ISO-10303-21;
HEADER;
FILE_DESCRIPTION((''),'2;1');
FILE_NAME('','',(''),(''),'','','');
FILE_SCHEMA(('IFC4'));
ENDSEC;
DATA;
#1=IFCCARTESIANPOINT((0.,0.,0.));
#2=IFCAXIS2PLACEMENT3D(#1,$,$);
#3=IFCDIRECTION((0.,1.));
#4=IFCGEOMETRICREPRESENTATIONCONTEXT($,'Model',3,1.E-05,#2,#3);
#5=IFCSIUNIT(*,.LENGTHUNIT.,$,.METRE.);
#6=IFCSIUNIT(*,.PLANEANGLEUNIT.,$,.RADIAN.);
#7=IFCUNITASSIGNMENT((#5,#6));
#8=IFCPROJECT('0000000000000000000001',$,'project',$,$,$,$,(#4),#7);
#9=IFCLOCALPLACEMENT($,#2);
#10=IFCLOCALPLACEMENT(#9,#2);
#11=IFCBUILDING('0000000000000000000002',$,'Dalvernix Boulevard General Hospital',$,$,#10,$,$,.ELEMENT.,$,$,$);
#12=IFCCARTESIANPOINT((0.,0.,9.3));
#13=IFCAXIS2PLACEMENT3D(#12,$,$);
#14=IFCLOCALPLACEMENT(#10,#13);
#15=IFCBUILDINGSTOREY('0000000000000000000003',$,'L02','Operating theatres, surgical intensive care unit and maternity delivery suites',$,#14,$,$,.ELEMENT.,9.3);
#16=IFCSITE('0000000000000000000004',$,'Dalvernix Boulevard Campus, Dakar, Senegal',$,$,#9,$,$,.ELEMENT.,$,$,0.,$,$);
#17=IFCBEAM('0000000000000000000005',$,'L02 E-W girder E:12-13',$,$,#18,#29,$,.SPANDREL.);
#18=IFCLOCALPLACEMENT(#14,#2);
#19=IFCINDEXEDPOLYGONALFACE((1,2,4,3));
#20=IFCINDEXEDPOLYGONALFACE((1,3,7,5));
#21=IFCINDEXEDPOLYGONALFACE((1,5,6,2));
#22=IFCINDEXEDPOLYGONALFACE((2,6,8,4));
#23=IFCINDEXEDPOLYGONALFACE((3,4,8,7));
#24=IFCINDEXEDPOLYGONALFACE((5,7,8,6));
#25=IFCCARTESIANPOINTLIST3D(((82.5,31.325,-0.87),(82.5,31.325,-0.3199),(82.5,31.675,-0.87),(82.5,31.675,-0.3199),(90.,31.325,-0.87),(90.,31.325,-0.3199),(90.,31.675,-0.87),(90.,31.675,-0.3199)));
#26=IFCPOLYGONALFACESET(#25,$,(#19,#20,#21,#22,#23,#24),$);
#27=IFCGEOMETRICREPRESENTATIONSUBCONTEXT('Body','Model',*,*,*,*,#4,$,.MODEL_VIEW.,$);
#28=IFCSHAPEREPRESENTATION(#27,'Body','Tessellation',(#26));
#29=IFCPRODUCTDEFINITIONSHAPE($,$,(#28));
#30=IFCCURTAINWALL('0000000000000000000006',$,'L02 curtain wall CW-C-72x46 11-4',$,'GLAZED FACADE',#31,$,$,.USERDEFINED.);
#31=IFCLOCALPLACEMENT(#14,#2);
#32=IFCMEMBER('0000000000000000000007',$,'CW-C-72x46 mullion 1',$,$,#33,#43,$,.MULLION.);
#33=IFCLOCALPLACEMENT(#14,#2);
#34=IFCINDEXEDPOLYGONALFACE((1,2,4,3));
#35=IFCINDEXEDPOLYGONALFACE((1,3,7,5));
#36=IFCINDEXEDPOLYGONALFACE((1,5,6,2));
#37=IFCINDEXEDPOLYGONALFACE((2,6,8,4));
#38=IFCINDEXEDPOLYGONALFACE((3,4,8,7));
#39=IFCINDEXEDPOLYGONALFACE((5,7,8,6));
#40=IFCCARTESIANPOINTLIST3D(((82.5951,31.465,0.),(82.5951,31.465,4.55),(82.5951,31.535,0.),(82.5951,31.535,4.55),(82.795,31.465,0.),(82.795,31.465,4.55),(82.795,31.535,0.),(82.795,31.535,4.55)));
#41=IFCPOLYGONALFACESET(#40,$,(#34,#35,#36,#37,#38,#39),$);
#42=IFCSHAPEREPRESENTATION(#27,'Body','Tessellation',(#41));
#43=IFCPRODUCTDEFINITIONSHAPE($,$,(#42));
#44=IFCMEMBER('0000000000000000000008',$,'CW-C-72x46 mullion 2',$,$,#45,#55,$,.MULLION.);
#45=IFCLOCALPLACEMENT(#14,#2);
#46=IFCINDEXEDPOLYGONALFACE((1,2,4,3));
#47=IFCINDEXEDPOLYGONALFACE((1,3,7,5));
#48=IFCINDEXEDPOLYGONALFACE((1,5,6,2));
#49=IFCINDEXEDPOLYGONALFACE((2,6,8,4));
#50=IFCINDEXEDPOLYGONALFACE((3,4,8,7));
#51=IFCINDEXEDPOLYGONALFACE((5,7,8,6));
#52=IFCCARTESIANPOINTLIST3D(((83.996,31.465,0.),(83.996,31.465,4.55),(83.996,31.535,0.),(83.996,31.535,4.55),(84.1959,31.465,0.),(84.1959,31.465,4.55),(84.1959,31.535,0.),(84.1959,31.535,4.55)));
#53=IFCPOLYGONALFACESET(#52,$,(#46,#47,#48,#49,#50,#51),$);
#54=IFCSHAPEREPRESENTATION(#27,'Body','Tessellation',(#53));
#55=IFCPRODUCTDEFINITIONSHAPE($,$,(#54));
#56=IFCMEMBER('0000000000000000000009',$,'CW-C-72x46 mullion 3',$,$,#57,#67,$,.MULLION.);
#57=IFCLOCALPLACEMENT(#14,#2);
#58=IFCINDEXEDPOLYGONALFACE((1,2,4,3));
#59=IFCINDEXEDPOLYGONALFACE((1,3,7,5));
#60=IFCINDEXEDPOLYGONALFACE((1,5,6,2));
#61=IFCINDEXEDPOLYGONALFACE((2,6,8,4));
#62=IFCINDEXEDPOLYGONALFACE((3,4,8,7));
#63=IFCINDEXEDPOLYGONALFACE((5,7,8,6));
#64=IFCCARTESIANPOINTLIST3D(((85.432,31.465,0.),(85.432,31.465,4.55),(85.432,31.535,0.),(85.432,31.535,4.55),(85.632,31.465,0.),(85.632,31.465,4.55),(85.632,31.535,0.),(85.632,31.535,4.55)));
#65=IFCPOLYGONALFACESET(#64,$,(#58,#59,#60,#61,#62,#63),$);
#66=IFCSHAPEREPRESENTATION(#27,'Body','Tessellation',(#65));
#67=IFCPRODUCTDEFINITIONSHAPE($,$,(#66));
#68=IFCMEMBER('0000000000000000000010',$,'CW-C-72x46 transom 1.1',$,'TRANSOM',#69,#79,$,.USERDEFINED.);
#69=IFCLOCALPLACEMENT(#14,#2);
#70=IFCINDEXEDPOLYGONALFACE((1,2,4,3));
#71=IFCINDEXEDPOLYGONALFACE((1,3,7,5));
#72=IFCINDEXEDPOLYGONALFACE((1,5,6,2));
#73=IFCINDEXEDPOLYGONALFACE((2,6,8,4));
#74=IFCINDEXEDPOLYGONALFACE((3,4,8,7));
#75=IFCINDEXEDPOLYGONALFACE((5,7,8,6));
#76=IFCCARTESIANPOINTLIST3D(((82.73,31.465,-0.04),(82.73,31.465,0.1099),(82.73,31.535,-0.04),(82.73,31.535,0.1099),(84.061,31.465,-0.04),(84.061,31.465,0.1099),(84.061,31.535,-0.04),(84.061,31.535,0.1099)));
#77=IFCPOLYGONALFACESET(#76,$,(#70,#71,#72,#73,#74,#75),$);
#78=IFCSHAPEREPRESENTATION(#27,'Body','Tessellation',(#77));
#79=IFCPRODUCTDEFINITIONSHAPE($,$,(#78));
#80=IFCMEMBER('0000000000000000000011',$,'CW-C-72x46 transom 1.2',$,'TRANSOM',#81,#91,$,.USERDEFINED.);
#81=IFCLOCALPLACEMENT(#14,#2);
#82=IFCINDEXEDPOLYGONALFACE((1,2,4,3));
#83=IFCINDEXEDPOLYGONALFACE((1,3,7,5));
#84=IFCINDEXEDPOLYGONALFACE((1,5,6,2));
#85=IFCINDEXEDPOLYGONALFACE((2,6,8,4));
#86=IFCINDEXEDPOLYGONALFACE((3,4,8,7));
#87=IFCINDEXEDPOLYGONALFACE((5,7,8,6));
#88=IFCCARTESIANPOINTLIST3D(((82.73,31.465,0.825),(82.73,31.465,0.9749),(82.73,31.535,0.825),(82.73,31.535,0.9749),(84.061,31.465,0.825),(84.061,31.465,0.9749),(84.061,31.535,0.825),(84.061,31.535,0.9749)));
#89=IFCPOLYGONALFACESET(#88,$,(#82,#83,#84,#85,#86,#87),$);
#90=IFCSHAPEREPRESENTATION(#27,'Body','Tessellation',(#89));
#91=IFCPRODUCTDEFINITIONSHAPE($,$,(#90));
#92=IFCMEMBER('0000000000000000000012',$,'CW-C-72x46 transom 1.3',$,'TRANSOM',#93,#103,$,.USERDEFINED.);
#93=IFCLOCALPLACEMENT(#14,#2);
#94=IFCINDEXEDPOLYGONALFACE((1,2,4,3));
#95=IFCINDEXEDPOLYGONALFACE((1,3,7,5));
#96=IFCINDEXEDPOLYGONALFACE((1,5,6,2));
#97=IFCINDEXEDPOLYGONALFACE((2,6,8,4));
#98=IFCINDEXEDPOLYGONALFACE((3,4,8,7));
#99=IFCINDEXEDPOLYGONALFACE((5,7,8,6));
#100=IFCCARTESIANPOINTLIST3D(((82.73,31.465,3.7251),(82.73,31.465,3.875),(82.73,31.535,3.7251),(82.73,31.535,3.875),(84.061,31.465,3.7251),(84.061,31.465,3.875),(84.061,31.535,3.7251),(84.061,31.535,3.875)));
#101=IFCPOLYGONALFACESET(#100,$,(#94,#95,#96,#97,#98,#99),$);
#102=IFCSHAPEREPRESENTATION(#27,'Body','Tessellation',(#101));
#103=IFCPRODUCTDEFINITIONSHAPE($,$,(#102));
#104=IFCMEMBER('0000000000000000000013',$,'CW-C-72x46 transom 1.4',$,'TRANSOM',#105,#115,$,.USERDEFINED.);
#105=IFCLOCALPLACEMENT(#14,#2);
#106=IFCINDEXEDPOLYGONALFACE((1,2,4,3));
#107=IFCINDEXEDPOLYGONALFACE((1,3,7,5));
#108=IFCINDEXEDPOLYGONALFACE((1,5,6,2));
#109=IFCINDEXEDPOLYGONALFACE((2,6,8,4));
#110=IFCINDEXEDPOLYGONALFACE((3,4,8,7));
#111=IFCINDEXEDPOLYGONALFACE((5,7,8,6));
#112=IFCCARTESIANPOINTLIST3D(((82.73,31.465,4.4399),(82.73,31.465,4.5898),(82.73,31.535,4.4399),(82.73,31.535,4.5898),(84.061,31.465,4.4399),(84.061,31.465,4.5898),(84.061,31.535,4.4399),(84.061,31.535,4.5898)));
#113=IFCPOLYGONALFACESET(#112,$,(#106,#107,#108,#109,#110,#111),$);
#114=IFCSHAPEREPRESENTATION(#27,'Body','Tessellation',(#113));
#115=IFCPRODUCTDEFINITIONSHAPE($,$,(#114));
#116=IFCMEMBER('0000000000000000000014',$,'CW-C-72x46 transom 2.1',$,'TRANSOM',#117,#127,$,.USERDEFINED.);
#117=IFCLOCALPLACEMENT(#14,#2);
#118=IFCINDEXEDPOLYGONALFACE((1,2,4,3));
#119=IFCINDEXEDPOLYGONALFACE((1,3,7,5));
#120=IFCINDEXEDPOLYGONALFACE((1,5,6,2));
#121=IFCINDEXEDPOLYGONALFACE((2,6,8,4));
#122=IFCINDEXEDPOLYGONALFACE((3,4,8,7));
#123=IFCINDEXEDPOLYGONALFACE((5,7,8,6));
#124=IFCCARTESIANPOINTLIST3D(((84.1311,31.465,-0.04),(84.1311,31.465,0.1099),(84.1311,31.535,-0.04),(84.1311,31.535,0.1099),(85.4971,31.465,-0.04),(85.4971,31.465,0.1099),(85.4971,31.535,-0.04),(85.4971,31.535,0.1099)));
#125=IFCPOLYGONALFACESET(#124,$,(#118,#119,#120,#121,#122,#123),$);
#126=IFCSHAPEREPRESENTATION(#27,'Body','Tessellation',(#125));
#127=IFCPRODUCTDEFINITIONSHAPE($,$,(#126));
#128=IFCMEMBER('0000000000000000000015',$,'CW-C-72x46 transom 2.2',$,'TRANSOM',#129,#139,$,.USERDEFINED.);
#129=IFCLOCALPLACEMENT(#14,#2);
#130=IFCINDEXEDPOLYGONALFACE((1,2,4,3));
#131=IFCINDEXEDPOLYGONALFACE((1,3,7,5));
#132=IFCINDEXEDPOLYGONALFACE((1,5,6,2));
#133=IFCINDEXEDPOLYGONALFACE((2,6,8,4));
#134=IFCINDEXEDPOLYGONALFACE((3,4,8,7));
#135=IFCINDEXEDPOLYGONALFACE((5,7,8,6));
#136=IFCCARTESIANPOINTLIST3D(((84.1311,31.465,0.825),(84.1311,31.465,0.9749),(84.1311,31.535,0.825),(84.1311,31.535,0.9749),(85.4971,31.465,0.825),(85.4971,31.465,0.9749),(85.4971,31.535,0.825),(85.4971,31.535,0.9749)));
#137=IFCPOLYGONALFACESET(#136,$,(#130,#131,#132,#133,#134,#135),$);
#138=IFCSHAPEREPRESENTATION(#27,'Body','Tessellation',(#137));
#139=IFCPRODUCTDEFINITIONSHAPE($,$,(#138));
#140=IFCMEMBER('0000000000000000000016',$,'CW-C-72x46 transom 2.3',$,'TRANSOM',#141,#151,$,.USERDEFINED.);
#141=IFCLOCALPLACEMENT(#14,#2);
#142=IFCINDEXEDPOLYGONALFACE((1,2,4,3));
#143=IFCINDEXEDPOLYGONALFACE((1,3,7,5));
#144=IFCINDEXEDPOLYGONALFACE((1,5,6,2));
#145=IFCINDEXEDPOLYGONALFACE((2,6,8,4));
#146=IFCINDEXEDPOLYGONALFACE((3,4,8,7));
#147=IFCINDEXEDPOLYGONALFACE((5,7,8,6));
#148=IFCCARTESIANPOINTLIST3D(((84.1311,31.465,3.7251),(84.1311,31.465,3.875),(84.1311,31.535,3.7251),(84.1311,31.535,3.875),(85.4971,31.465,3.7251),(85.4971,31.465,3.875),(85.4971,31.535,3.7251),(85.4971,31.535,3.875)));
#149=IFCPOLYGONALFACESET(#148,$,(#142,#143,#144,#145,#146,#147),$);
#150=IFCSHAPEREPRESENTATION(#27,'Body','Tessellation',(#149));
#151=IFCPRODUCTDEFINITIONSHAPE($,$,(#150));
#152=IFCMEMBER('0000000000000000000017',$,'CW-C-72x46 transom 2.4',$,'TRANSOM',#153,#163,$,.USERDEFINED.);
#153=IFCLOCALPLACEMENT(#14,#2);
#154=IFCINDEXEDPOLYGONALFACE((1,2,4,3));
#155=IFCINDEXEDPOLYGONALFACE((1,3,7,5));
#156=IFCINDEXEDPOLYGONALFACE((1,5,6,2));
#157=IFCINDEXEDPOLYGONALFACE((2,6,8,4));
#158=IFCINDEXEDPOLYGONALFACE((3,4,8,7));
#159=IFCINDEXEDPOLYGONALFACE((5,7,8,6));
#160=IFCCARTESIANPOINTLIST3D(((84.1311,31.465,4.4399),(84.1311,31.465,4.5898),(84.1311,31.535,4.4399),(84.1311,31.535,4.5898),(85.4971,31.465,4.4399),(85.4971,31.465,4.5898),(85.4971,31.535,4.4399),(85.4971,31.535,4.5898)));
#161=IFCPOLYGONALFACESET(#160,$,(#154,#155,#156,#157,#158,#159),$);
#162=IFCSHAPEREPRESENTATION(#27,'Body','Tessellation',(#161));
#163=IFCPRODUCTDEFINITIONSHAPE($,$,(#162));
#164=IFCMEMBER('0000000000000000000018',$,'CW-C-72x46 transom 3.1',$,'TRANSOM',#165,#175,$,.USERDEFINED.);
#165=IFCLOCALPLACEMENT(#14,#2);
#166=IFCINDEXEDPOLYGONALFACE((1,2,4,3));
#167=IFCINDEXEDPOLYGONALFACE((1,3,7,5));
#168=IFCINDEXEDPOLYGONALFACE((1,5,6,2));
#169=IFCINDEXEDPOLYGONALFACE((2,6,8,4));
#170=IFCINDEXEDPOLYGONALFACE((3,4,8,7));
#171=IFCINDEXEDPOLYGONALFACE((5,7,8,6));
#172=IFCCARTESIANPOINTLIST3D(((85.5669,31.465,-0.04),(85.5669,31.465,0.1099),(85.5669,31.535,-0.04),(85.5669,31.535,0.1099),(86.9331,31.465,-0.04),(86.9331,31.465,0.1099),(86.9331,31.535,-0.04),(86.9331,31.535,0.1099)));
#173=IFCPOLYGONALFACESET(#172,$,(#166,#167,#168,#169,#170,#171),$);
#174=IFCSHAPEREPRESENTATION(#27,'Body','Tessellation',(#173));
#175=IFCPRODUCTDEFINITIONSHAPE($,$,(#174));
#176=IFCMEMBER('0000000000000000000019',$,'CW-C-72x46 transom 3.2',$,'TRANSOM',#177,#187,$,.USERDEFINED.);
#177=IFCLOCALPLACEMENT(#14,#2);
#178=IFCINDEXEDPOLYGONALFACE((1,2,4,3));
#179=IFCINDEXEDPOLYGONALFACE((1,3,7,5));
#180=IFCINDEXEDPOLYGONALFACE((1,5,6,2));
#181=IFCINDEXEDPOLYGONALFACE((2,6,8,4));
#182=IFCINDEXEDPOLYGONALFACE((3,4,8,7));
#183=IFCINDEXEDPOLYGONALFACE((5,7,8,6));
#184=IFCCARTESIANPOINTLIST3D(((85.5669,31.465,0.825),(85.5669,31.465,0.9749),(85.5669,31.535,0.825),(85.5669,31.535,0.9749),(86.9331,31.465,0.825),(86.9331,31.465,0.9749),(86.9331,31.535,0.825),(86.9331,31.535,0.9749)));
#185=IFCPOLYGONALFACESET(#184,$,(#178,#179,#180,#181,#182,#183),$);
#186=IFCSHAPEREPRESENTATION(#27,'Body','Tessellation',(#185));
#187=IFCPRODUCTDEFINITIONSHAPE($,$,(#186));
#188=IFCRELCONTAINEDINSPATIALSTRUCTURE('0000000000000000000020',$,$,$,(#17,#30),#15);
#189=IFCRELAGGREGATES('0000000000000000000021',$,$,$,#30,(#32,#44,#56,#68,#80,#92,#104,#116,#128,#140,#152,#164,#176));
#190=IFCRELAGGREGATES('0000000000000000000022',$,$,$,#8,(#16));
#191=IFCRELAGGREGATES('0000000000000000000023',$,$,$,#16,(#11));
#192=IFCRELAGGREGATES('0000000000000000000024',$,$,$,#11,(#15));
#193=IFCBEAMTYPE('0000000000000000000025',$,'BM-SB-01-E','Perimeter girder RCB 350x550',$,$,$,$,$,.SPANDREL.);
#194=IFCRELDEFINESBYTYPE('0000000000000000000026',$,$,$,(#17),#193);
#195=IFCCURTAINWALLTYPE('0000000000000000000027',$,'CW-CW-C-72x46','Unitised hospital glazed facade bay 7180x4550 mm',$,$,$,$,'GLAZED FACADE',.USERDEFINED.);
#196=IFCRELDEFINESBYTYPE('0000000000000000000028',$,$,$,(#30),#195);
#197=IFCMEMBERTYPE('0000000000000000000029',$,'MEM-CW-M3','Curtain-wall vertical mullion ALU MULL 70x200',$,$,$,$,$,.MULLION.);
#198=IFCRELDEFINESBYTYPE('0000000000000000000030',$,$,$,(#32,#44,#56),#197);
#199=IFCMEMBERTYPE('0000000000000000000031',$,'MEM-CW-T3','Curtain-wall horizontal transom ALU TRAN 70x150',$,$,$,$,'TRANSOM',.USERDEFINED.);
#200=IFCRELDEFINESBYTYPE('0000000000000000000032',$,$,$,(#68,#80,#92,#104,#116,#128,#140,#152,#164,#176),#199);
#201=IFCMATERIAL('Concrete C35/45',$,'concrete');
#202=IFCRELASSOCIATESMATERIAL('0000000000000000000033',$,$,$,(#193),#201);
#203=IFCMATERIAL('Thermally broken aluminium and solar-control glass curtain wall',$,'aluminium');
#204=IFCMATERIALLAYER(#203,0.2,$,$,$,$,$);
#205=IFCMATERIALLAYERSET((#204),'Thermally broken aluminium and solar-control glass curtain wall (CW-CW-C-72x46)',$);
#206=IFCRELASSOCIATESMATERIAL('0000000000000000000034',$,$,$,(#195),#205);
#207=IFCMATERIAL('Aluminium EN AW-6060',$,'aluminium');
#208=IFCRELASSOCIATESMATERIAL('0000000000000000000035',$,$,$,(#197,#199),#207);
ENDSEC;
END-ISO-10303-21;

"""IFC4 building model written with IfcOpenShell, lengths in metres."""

from ifc_helpers import new_model, si_unit, direction, frame, origin, origin_2d, place, context, subcontext, project, spatial, rectangle, extrude, material, layer, layer_set, material_profile, profile_set, type_object, element, aggregate, save


model = new_model("IFC4")

# Units and contexts
model_context = context("Model", 3, precision=1e-05, world=origin(), true_north=direction((0.0, 1.0)))
body_context = subcontext(model_context, "Body", "Model", "MODEL_VIEW")
ifc_project = project(units=[si_unit("LENGTHUNIT", "METRE"), si_unit("PLANEANGLEUNIT", "RADIAN")], contexts=[model_context])

# Site, building, storey
site_placement = place(None, origin())
site = spatial("IfcSite", under=ifc_project, at=site_placement, Name="Dalvernix Boulevard Campus, Dakar, Senegal", CompositionType="ELEMENT", RefElevation=0.0)
building_placement = place(site_placement, origin())
building = spatial("IfcBuilding", under=site, at=building_placement, Name="Dalvernix Boulevard General Hospital", CompositionType="ELEMENT")
storey_placement = place(building_placement, frame((0.0, 0.0, 9.3)))
storey = spatial("IfcBuildingStorey", under=building, at=storey_placement, Name="L02", Description="Operating theatres, surgical intensive care unit and maternity delivery suites", CompositionType="ELEMENT", Elevation=9.3)

# Beam
ifc_material_1 = material(Name="Concrete C35/45", Category="concrete")
ifc_material_profile_1 = material_profile(ifc_material_1, rectangle(XDim=0.3501, YDim=0.55, at=origin_2d()), Name="RCB 350x550")
ifc_profile_set_1 = profile_set([ifc_material_profile_1], Name="Concrete C35/45")
beam_type = type_object("IfcBeamType", Name="BM-SB-01-E", Description="Perimeter girder RCB 350x550", PredefinedType="SPANDREL", material=ifc_profile_set_1)
beam_placement = place(storey_placement, frame((82.5, 31.5, -0.595), z_axis=(1.0, 0.0, 0.0), x_axis=(0.0, 1.0, 0.0)))
element("IfcBeam", 1, at=beam_placement, inside=storey, type_object=beam_type, Name="L02 E-W girder E:12-13", PredefinedType="SPANDREL", context=body_context, shape_type="SweptSolid", body=[
    extrude(rectangle(XDim=0.3501, YDim=0.55, at=origin_2d()), origin(), (0.0, 0.0, 1.0), 7.5),
])

# Curtain wall, members
ifc_material_2 = material(Name="Thermally broken aluminium and solar-control glass curtain wall", Category="aluminium")
ifc_layer_1 = layer(ifc_material_2, 0.2)
ifc_layer_set_1 = layer_set([ifc_layer_1], Name="Thermally broken aluminium and solar-control glass curtain wall (CW-CW-C-72x46)")
curtain_wall_type = type_object("IfcCurtainWallType", Name="CW-CW-C-72x46", Description="Unitised hospital glazed facade bay 7180x4550 mm", ElementType="GLAZED FACADE", PredefinedType="USERDEFINED", material=ifc_layer_set_1)
curtain_wall_placement = place(storey_placement, origin())
curtain_wall = element("IfcCurtainWall", 2, at=curtain_wall_placement, inside=storey, type_object=curtain_wall_type, Name="L02 curtain wall CW-C-72x46 11-4", ObjectType="GLAZED FACADE", PredefinedType="USERDEFINED")
ifc_material_3 = material(Name="Aluminium EN AW-6060", Category="aluminium")
ifc_material_profile_2 = material_profile(ifc_material_3, rectangle(XDim=0.0701, YDim=0.2, at=origin_2d()), Name="ALU MULL 70x200")
ifc_profile_set_2 = profile_set([ifc_material_profile_2], Name="Aluminium EN AW-6060")
member_type_1 = type_object("IfcMemberType", Name="MEM-CW-M3", Description="Curtain-wall vertical mullion ALU MULL 70x200", PredefinedType="MULLION", material=ifc_profile_set_2)
member_1_placement = place(storey_placement, frame((82.6951, 31.5, 0.0), z_axis=(0.0, 0.0, 1.0), x_axis=(0.0, 1.0, 0.0)))
member_1 = element("IfcMember", 3, at=member_1_placement, type_object=member_type_1, Name="CW-C-72x46 mullion 1", PredefinedType="MULLION", context=body_context, shape_type="SweptSolid", body=[
    extrude(rectangle(XDim=0.0701, YDim=0.2, at=origin_2d()), origin(), (0.0, 0.0, 1.0), 4.55),
])
member_2_placement = place(storey_placement, frame((84.0959, 31.5, 0.0), z_axis=(0.0, 0.0, 1.0), x_axis=(0.0, 1.0, 0.0)))
member_2 = element("IfcMember", 4, at=member_2_placement, type_object=member_type_1, Name="CW-C-72x46 mullion 2", PredefinedType="MULLION", context=body_context, shape_type="SweptSolid", body=[
    extrude(rectangle(XDim=0.0701, YDim=0.2, at=origin_2d()), origin(), (0.0, 0.0, 1.0), 4.55),
])
member_3_placement = place(storey_placement, frame((85.532, 31.5, 0.0), z_axis=(0.0, 0.0, 1.0), x_axis=(0.0, 1.0, 0.0)))
member_3 = element("IfcMember", 5, at=member_3_placement, type_object=member_type_1, Name="CW-C-72x46 mullion 3", PredefinedType="MULLION", context=body_context, shape_type="SweptSolid", body=[
    extrude(rectangle(XDim=0.0701, YDim=0.2, at=origin_2d()), origin(), (0.0, 0.0, 1.0), 4.55),
])
ifc_material_profile_3 = material_profile(ifc_material_3, rectangle(XDim=0.0701, YDim=0.1499, at=origin_2d()), Name="ALU TRAN 70x150")
ifc_profile_set_3 = profile_set([ifc_material_profile_3], Name="Aluminium EN AW-6060")
member_type_2 = type_object("IfcMemberType", Name="MEM-CW-T3", Description="Curtain-wall horizontal transom ALU TRAN 70x150", ElementType="TRANSOM", PredefinedType="USERDEFINED", material=ifc_profile_set_3)
member_4_placement = place(storey_placement, frame((82.73, 31.5, 0.0349), z_axis=(1.0, 0.0, 0.0), x_axis=(0.0, 1.0, 0.0)))
member_4 = element("IfcMember", 6, at=member_4_placement, type_object=member_type_2, Name="CW-C-72x46 transom 1.1", ObjectType="TRANSOM", PredefinedType="USERDEFINED", context=body_context, shape_type="SweptSolid", body=[
    extrude(rectangle(XDim=0.0701, YDim=0.1499, at=origin_2d()), origin(), (0.0, 0.0, 1.0), 1.3311),
])
member_5_placement = place(storey_placement, frame((82.73, 31.5, 0.8999), z_axis=(1.0, 0.0, 0.0), x_axis=(0.0, 1.0, 0.0)))
member_5 = element("IfcMember", 7, at=member_5_placement, type_object=member_type_2, Name="CW-C-72x46 transom 1.2", ObjectType="TRANSOM", PredefinedType="USERDEFINED", context=body_context, shape_type="SweptSolid", body=[
    extrude(rectangle(XDim=0.0701, YDim=0.1499, at=origin_2d()), origin(), (0.0, 0.0, 1.0), 1.3311),
])
member_6_placement = place(storey_placement, frame((82.73, 31.5, 3.8), z_axis=(1.0, 0.0, 0.0), x_axis=(0.0, 1.0, 0.0)))
member_6 = element("IfcMember", 8, at=member_6_placement, type_object=member_type_2, Name="CW-C-72x46 transom 1.3", ObjectType="TRANSOM", PredefinedType="USERDEFINED", context=body_context, shape_type="SweptSolid", body=[
    extrude(rectangle(XDim=0.0701, YDim=0.1499, at=origin_2d()), origin(), (0.0, 0.0, 1.0), 1.3311),
])
member_7_placement = place(storey_placement, frame((82.73, 31.5, 4.5149), z_axis=(1.0, 0.0, 0.0), x_axis=(0.0, 1.0, 0.0)))
member_7 = element("IfcMember", 9, at=member_7_placement, type_object=member_type_2, Name="CW-C-72x46 transom 1.4", ObjectType="TRANSOM", PredefinedType="USERDEFINED", context=body_context, shape_type="SweptSolid", body=[
    extrude(rectangle(XDim=0.0701, YDim=0.1499, at=origin_2d()), origin(), (0.0, 0.0, 1.0), 1.3311),
])
member_8_placement = place(storey_placement, frame((84.1311, 31.5, 0.0349), z_axis=(1.0, 0.0, 0.0), x_axis=(0.0, 1.0, 0.0)))
member_8 = element("IfcMember", 10, at=member_8_placement, type_object=member_type_2, Name="CW-C-72x46 transom 2.1", ObjectType="TRANSOM", PredefinedType="USERDEFINED", context=body_context, shape_type="SweptSolid", body=[
    extrude(rectangle(XDim=0.0701, YDim=0.1499, at=origin_2d()), origin(), (0.0, 0.0, 1.0), 1.366),
])
member_9_placement = place(storey_placement, frame((84.1311, 31.5, 0.8999), z_axis=(1.0, 0.0, 0.0), x_axis=(0.0, 1.0, 0.0)))
member_9 = element("IfcMember", 11, at=member_9_placement, type_object=member_type_2, Name="CW-C-72x46 transom 2.2", ObjectType="TRANSOM", PredefinedType="USERDEFINED", context=body_context, shape_type="SweptSolid", body=[
    extrude(rectangle(XDim=0.0701, YDim=0.1499, at=origin_2d()), origin(), (0.0, 0.0, 1.0), 1.366),
])
member_10_placement = place(storey_placement, frame((84.1311, 31.5, 3.8), z_axis=(1.0, 0.0, 0.0), x_axis=(0.0, 1.0, 0.0)))
member_10 = element("IfcMember", 12, at=member_10_placement, type_object=member_type_2, Name="CW-C-72x46 transom 2.3", ObjectType="TRANSOM", PredefinedType="USERDEFINED", context=body_context, shape_type="SweptSolid", body=[
    extrude(rectangle(XDim=0.0701, YDim=0.1499, at=origin_2d()), origin(), (0.0, 0.0, 1.0), 1.366),
])
member_11_placement = place(storey_placement, frame((84.1311, 31.5, 4.5149), z_axis=(1.0, 0.0, 0.0), x_axis=(0.0, 1.0, 0.0)))
member_11 = element("IfcMember", 13, at=member_11_placement, type_object=member_type_2, Name="CW-C-72x46 transom 2.4", ObjectType="TRANSOM", PredefinedType="USERDEFINED", context=body_context, shape_type="SweptSolid", body=[
    extrude(rectangle(XDim=0.0701, YDim=0.1499, at=origin_2d()), origin(), (0.0, 0.0, 1.0), 1.366),
])
member_12_placement = place(storey_placement, frame((85.5669, 31.5, 0.0349), z_axis=(1.0, 0.0, 0.0), x_axis=(0.0, 1.0, 0.0)))
member_12 = element("IfcMember", 14, at=member_12_placement, type_object=member_type_2, Name="CW-C-72x46 transom 3.1", ObjectType="TRANSOM", PredefinedType="USERDEFINED", context=body_context, shape_type="SweptSolid", body=[
    extrude(rectangle(XDim=0.0701, YDim=0.1499, at=origin_2d()), origin(), (0.0, 0.0, 1.0), 1.3662),
])
member_13_placement = place(storey_placement, frame((85.5669, 31.5, 0.8999), z_axis=(1.0, 0.0, 0.0), x_axis=(0.0, 1.0, 0.0)))
member_13 = element("IfcMember", 15, at=member_13_placement, type_object=member_type_2, Name="CW-C-72x46 transom 3.2", ObjectType="TRANSOM", PredefinedType="USERDEFINED", context=body_context, shape_type="SweptSolid", body=[
    extrude(rectangle(XDim=0.0701, YDim=0.1499, at=origin_2d()), origin(), (0.0, 0.0, 1.0), 1.3662),
])
aggregate(curtain_wall, [member_1, member_2, member_3, member_4, member_5, member_6, member_7, member_8, member_9, member_10, member_11, member_12, member_13])

save(model, "model.ifc")
